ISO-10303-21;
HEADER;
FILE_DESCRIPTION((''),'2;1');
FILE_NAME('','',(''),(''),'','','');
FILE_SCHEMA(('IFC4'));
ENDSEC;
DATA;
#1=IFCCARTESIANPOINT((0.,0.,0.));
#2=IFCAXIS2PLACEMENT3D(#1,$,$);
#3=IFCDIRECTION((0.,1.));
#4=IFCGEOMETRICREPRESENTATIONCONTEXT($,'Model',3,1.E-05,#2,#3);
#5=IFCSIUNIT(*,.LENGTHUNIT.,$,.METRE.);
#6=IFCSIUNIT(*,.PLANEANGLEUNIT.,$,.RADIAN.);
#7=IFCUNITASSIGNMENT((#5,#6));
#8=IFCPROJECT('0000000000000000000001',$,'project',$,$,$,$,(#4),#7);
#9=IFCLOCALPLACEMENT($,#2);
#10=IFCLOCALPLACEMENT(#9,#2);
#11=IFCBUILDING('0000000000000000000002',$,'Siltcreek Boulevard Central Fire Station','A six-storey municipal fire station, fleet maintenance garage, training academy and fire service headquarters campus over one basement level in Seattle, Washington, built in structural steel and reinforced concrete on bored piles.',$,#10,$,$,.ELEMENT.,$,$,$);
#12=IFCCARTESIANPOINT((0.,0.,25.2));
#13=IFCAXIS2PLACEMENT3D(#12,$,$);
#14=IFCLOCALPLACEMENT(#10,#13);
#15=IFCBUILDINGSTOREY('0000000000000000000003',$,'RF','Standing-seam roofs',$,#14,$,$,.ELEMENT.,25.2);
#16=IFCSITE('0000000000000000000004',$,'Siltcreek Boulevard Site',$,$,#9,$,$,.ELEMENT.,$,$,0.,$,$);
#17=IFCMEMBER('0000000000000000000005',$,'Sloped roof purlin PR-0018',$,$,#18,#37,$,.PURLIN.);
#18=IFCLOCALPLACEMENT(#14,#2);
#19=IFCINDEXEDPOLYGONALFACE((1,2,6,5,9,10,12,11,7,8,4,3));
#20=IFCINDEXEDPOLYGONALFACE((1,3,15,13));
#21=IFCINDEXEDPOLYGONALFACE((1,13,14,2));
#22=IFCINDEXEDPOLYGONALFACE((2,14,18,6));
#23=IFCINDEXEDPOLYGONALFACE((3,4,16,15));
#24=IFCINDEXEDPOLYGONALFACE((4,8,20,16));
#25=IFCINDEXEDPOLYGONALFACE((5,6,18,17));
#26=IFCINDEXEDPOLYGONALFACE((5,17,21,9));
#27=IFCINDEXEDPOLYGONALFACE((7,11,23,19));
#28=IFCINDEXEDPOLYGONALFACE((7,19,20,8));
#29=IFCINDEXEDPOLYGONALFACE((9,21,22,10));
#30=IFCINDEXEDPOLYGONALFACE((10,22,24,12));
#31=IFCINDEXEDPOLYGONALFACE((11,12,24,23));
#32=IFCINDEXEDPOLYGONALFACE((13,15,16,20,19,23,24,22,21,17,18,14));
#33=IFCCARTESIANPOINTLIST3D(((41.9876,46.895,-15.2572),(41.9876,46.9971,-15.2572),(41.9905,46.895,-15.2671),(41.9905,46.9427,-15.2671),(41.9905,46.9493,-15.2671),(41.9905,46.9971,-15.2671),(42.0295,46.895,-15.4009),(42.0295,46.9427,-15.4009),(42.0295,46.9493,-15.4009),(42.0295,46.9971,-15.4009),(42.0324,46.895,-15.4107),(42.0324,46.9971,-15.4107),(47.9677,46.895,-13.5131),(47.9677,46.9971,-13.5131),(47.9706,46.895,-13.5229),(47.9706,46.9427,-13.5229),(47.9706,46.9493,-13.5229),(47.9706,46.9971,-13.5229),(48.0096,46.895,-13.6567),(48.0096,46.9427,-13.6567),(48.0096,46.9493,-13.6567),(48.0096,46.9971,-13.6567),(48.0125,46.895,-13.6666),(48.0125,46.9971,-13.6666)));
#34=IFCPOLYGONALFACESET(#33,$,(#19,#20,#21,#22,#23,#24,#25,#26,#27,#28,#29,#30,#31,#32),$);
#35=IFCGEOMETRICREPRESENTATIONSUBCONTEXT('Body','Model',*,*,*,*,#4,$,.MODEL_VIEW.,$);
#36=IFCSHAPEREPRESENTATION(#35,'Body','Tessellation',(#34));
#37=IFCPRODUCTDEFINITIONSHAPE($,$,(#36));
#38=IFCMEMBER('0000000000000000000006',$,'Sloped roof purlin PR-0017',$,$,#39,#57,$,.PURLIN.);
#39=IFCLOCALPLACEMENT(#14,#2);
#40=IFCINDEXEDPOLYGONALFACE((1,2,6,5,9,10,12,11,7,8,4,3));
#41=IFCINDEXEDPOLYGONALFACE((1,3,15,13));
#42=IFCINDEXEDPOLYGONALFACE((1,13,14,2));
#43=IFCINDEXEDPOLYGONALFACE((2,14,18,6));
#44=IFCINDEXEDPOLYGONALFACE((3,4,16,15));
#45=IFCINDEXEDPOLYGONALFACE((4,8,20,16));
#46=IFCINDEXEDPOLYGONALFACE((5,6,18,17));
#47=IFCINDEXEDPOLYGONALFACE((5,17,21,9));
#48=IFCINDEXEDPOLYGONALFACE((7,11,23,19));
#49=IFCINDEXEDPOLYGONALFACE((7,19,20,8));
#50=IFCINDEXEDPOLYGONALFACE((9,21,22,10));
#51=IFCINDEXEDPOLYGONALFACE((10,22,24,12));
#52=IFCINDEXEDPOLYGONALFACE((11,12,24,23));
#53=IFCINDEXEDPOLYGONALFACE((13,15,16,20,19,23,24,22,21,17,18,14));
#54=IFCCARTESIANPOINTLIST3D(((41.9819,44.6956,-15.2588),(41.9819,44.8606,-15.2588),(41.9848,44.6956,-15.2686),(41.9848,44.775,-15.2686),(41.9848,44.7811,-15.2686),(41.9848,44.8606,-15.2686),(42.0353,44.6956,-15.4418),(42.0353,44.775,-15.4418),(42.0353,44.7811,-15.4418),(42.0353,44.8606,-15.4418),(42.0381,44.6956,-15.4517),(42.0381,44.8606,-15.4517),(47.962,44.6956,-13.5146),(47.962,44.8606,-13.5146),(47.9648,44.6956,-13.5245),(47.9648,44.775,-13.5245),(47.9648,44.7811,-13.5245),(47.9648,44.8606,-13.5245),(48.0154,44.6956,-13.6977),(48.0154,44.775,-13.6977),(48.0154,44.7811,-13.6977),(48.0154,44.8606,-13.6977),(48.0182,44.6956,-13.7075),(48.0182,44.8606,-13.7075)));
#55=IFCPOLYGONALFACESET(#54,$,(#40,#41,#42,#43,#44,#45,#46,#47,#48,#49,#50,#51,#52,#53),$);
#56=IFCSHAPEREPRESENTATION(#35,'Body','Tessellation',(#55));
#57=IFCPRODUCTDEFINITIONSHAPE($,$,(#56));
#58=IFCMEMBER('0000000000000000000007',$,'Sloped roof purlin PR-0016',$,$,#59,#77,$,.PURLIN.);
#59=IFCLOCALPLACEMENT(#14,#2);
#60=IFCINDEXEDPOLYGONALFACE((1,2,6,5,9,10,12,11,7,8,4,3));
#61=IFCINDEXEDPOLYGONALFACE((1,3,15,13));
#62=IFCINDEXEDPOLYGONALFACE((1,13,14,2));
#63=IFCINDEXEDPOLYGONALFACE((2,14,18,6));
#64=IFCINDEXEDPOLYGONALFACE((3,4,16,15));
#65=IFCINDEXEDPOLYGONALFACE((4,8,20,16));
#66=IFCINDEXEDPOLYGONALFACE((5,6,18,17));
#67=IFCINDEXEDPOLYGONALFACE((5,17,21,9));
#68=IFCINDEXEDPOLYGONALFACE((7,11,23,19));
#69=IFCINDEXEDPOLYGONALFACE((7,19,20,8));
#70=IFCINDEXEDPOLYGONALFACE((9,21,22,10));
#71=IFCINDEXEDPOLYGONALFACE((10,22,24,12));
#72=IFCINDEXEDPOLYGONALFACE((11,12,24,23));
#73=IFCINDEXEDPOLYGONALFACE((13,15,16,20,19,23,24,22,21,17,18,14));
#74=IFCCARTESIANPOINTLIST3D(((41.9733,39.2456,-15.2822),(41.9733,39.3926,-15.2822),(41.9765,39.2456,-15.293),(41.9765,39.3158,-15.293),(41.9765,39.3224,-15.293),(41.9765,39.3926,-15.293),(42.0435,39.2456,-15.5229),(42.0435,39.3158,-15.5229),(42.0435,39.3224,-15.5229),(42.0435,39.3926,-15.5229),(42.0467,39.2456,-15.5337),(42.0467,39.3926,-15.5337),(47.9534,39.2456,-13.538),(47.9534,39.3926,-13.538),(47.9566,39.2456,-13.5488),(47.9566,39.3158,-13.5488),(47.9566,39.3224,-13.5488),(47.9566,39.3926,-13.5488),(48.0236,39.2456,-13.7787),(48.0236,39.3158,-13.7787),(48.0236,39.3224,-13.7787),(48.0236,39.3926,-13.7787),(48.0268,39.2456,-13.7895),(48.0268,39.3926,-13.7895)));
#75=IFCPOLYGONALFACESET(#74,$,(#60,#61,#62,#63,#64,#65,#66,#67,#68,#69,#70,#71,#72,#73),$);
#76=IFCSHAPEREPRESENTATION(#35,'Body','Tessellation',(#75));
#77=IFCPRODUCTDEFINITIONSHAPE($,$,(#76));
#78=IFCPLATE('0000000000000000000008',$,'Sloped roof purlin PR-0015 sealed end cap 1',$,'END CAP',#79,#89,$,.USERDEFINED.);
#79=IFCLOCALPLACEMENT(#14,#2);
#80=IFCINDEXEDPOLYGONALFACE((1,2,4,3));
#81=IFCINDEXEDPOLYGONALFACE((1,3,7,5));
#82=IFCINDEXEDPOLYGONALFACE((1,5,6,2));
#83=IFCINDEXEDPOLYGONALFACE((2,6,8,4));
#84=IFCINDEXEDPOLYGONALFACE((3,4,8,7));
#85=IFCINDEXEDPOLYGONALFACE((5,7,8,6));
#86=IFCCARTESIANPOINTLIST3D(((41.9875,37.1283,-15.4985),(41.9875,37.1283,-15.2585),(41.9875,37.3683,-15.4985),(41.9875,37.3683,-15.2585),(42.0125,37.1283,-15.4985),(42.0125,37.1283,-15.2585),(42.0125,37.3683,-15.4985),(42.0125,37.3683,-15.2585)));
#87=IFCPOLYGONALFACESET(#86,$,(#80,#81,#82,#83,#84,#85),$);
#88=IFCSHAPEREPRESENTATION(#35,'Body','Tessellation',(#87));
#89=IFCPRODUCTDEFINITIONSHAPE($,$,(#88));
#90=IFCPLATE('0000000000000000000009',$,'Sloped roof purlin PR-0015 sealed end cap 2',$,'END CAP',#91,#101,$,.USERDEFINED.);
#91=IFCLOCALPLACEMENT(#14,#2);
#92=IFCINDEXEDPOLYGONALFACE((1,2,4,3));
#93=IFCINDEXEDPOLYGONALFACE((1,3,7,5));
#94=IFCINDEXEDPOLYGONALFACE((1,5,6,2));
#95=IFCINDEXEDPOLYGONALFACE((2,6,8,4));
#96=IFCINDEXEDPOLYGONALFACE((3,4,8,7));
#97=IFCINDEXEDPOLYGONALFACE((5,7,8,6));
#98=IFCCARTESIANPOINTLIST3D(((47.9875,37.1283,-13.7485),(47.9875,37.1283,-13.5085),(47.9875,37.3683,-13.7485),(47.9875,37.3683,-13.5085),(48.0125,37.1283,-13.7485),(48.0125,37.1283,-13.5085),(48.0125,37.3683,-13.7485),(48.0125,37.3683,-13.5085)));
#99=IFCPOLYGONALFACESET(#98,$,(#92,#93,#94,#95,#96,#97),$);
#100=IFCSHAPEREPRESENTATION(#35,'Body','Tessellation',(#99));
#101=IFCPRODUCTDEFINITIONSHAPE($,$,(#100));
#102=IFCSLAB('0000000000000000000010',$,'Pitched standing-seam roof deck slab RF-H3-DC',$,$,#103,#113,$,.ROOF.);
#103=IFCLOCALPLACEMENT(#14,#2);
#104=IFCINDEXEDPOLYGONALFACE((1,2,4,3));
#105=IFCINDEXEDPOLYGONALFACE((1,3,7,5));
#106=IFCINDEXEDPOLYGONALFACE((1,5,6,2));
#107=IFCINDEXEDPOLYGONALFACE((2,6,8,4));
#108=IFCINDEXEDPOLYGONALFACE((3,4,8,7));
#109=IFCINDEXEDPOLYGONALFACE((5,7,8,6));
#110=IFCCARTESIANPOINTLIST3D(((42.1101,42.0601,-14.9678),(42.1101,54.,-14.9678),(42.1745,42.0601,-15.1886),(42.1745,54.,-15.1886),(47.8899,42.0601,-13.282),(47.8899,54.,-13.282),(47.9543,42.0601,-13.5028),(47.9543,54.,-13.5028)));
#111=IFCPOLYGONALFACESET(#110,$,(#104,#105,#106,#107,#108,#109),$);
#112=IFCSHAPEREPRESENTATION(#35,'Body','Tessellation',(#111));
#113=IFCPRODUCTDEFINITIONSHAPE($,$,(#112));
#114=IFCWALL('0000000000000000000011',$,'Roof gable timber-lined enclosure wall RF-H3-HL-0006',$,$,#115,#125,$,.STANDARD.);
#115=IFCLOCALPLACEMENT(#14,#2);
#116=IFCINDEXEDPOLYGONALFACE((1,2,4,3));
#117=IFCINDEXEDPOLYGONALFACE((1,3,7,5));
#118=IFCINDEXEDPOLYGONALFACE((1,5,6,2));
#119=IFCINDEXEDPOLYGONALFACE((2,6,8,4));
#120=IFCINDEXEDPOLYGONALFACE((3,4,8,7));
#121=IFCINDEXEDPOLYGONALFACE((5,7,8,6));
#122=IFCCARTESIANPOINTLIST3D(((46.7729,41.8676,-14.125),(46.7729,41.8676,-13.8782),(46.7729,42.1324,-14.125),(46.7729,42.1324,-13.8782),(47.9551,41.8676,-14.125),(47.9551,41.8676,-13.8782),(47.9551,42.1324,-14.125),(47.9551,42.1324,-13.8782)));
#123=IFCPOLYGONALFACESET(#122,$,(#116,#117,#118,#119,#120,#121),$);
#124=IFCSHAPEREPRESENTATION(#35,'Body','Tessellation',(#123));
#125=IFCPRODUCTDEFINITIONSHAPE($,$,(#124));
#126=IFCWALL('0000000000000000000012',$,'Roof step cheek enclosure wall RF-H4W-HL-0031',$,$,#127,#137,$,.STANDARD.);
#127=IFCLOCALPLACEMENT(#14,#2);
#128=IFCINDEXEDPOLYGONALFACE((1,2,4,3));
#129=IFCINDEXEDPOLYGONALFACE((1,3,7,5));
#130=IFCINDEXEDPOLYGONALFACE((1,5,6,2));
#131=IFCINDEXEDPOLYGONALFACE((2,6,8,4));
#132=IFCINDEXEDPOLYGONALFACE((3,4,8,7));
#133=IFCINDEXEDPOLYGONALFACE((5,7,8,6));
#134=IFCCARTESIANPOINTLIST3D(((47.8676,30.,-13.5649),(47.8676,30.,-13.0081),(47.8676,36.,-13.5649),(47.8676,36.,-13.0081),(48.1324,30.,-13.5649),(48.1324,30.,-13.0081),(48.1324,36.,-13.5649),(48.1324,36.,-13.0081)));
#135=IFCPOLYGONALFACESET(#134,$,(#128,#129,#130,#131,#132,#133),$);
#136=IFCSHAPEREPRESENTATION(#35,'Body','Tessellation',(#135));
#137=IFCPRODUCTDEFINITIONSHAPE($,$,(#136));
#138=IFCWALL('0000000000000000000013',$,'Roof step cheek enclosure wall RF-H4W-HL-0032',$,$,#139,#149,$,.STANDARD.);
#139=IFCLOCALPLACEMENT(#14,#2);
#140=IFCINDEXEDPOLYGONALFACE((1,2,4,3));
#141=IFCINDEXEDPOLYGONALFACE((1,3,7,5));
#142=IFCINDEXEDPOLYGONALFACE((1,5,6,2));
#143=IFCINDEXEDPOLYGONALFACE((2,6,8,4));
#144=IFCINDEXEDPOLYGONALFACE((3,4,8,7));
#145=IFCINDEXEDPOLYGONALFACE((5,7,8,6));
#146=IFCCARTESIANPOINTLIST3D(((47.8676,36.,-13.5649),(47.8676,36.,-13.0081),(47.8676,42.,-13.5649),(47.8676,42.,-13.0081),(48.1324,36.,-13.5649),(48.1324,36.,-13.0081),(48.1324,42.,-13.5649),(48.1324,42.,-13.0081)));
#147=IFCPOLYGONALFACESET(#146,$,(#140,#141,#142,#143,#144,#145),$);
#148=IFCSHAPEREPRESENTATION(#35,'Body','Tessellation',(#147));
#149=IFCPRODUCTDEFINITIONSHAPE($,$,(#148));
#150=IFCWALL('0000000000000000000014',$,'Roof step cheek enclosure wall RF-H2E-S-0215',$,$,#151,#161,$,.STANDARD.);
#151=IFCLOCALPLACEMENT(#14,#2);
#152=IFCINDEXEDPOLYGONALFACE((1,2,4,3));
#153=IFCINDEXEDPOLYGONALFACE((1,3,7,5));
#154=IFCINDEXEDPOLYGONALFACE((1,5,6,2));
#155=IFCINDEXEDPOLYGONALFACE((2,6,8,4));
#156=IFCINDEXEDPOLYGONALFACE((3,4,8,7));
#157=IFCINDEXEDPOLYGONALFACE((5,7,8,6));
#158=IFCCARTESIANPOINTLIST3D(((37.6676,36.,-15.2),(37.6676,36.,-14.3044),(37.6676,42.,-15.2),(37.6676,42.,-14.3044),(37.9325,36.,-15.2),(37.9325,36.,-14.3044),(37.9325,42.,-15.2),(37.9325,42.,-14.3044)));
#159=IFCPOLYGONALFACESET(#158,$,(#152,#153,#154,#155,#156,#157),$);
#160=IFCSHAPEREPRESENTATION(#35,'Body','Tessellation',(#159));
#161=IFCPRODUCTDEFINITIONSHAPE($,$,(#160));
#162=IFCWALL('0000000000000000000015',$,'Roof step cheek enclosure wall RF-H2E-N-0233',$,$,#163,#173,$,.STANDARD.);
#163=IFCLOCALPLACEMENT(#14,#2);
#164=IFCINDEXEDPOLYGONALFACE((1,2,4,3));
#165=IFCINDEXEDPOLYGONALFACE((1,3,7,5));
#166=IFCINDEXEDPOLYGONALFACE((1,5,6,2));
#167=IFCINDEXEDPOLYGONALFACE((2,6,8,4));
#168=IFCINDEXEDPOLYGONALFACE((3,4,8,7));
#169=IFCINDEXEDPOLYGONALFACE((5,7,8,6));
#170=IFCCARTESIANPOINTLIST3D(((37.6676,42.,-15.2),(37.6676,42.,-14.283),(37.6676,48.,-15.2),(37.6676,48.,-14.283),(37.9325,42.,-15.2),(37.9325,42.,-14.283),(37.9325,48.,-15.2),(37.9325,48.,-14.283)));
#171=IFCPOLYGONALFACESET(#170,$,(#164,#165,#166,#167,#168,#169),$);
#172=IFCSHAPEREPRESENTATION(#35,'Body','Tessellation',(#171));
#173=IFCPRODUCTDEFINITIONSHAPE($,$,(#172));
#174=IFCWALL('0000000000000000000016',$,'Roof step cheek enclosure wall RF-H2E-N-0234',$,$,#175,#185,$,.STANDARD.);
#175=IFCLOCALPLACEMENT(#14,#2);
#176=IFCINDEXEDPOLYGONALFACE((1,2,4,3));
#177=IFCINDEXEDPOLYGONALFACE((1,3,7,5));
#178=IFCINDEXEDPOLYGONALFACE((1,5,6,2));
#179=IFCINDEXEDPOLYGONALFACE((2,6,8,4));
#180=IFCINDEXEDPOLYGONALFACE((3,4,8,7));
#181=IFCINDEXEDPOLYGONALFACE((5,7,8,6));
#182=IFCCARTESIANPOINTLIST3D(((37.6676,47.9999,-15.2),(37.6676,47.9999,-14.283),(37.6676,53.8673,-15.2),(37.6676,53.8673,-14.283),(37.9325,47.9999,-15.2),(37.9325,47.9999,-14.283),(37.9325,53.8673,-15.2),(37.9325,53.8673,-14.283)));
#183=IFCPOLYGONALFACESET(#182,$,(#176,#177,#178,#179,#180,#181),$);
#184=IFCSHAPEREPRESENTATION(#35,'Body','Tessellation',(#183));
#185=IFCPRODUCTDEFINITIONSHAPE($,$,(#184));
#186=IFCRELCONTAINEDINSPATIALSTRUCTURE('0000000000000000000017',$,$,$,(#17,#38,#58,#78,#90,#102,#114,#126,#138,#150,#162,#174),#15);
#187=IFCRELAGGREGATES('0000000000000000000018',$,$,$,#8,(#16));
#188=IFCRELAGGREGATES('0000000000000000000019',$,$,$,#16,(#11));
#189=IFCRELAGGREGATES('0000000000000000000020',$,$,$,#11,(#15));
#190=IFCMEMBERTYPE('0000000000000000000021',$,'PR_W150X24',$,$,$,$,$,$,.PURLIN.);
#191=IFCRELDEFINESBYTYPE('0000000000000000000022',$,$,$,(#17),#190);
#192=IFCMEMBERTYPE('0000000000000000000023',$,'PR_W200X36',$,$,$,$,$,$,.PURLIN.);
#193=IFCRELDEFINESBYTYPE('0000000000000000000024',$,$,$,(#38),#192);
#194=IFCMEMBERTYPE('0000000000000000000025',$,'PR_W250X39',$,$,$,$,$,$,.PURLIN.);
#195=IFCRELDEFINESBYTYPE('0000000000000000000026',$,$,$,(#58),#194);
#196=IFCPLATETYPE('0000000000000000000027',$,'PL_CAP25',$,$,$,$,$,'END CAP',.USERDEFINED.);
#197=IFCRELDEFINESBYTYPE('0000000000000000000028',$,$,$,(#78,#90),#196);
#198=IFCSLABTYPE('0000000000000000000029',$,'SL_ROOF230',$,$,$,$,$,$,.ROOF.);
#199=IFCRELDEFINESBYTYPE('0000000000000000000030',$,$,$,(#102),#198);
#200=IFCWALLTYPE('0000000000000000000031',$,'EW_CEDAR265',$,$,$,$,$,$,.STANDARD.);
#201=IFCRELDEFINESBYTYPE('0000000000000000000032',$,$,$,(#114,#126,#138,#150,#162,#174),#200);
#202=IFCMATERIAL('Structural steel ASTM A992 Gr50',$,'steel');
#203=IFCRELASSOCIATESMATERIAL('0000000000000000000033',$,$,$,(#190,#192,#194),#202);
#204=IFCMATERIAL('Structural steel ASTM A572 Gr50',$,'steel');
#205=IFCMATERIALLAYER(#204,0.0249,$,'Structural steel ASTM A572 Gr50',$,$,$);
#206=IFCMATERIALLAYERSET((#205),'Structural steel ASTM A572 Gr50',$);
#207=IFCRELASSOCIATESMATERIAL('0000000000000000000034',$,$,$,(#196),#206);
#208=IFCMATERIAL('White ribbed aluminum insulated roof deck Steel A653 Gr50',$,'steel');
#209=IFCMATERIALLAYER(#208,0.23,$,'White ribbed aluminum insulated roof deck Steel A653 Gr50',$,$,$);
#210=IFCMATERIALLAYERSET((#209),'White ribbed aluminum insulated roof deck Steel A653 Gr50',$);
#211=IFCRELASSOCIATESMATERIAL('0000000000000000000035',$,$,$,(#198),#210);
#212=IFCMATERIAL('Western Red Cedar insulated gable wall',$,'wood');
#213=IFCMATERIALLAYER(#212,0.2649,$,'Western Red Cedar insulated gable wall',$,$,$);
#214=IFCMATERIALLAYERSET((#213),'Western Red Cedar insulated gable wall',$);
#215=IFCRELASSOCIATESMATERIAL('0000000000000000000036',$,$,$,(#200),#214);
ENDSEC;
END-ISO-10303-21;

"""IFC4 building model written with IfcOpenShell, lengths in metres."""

from ifc_helpers import new_model, si_unit, direction, frame, frame_2d, origin, origin_2d, place, context, subcontext, project, spatial, polyline, rectangle, i_section, outline, extrude, material, layer, layer_set, material_profile, profile_set, type_object, element, save


model = new_model("IFC4")

# Units and contexts
model_context = context("Model", 3, precision=1e-05, world=origin(), true_north=direction((0.0, 1.0)))
body_context = subcontext(model_context, "Body", "Model", "MODEL_VIEW")
ifc_project = project(units=[si_unit("LENGTHUNIT", "METRE"), si_unit("PLANEANGLEUNIT", "RADIAN")], contexts=[model_context])

# Site, building, storey
site_placement = place(None, origin())
site = spatial("IfcSite", under=ifc_project, at=site_placement, Name="Siltcreek Boulevard Site", CompositionType="ELEMENT", RefElevation=0.0)
building_placement = place(site_placement, origin())
building = spatial("IfcBuilding", under=site, at=building_placement, Name="Siltcreek Boulevard Central Fire Station", Description="A six-storey municipal fire station, fleet maintenance garage, training academy and fire service headquarters campus over one basement level in Seattle, Washington, built in structural steel and reinforced concrete on bored piles.", CompositionType="ELEMENT")
storey_placement = place(building_placement, frame((0.0, 0.0, 25.2)))
storey = spatial("IfcBuildingStorey", under=building, at=storey_placement, Name="RF", Description="Standing-seam roofs", CompositionType="ELEMENT", Elevation=25.2)

# Shared definitions
ifc_material_1 = material(Name="Structural steel ASTM A992 Gr50", Category="steel")

# Members
ifc_material_profile_1 = material_profile(ifc_material_1, i_section(OverallWidth=0.1021, OverallDepth=0.1599, WebThickness=0.0066, FlangeThickness=0.0103, at=origin_2d()), Name="W150X24")
ifc_profile_set_1 = profile_set([ifc_material_profile_1], Name="Structural steel ASTM A992 Gr50")
member_type_1 = type_object("IfcMemberType", Name="PR_W150X24", PredefinedType="PURLIN", material=ifc_profile_set_1)
member_1_placement = place(storey_placement, frame((42.01, 46.946, -15.334), z_axis=(0.960001, 0.0, 0.279997), x_axis=(0.0, 1.0, 0.0)))
element("IfcMember", 1, at=member_1_placement, inside=storey, type_object=member_type_1, Name="Sloped roof purlin PR-0018", PredefinedType="PURLIN", context=body_context, shape_type="SweptSolid", body=[
    extrude(i_section(OverallWidth=0.1021, OverallDepth=0.1599, WebThickness=0.0066, FlangeThickness=0.0103, at=origin_2d()), origin(), (0.0, 0.0, 1.0), 6.2292),
])
ifc_material_profile_2 = material_profile(ifc_material_1, i_section(OverallWidth=0.165, OverallDepth=0.2009, WebThickness=0.0061, FlangeThickness=0.0103, at=origin_2d()), Name="W200X36")
ifc_profile_set_2 = profile_set([ifc_material_profile_2], Name="Structural steel ASTM A992 Gr50")
member_type_2 = type_object("IfcMemberType", Name="PR_W200X36", PredefinedType="PURLIN", material=ifc_profile_set_2)
member_2_placement = place(storey_placement, frame((42.01, 44.7781, -15.3552), z_axis=(0.960001, 0.0, 0.279997), x_axis=(0.0, 1.0, 0.0)))
element("IfcMember", 2, at=member_2_placement, inside=storey, type_object=member_type_2, Name="Sloped roof purlin PR-0017", PredefinedType="PURLIN", context=body_context, shape_type="SweptSolid", body=[
    extrude(i_section(OverallWidth=0.165, OverallDepth=0.2009, WebThickness=0.0061, FlangeThickness=0.0103, at=origin_2d()), origin(), (0.0, 0.0, 1.0), 6.2292),
])
ifc_material_profile_3 = material_profile(ifc_material_1, i_section(OverallWidth=0.147, OverallDepth=0.262, WebThickness=0.0066, FlangeThickness=0.0112, at=origin_2d()), Name="W250X39")
ifc_profile_set_3 = profile_set([ifc_material_profile_3], Name="Structural steel ASTM A992 Gr50")
member_type_3 = type_object("IfcMemberType", Name="PR_W250X39", PredefinedType="PURLIN", material=ifc_profile_set_3)
member_3_placement = place(storey_placement, frame((42.01, 39.3191, -15.408), z_axis=(0.960001, 0.0, 0.279997), x_axis=(0.0, 1.0, 0.0)))
element("IfcMember", 3, at=member_3_placement, inside=storey, type_object=member_type_3, Name="Sloped roof purlin PR-0016", PredefinedType="PURLIN", context=body_context, shape_type="SweptSolid", body=[
    extrude(i_section(OverallWidth=0.147, OverallDepth=0.262, WebThickness=0.0066, FlangeThickness=0.0112, at=origin_2d()), origin(), (0.0, 0.0, 1.0), 6.2292),
])

# Plates
ifc_material_2 = material(Name="Structural steel ASTM A572 Gr50", Category="steel")
ifc_layer_1 = layer(ifc_material_2, 0.0249, Name="Structural steel ASTM A572 Gr50")
ifc_layer_set_1 = layer_set([ifc_layer_1], Name="Structural steel ASTM A572 Gr50")
plate_type = type_object("IfcPlateType", Name="PL_CAP25", ElementType="END CAP", PredefinedType="USERDEFINED", material=ifc_layer_set_1)
for number, where, z_axis, x_axis, name in (
    (4, (42.0, 37.2483, -15.4985), (0.0, 0.0, 1.0), (1.0, 0.0, 0.0), "Sloped roof purlin PR-0015 sealed end cap 1"),
    (5, (48.0, 37.2483, -13.7485), (0.0, 0.0, 1.0), (1.0, 0.0, 0.0), "Sloped roof purlin PR-0015 sealed end cap 2"),
):
    element("IfcPlate", number, at=place(storey_placement, frame(where, z_axis=z_axis, x_axis=x_axis)), inside=storey, type_object=plate_type, Name=name, ObjectType="END CAP", PredefinedType="USERDEFINED", context=body_context, shape_type="SweptSolid", body=[
        extrude(rectangle(XDim=0.0249, YDim=0.24, at=origin_2d()), origin(), (0.0, 0.0, 1.0), 0.24),
    ])

# Slab
ifc_material_3 = material(Name="White ribbed aluminum insulated roof deck Steel A653 Gr50", Category="steel")
ifc_layer_2 = layer(ifc_material_3, 0.23, Name="White ribbed aluminum insulated roof deck Steel A653 Gr50")
ifc_layer_set_2 = layer_set([ifc_layer_2], Name="White ribbed aluminum insulated roof deck Steel A653 Gr50")
slab_type = type_object("IfcSlabType", Name="SL_ROOF230", PredefinedType="ROOF", material=ifc_layer_set_2)
slab_placement = place(storey_placement, frame((42.1101, 42.0601, -14.9678), z_axis=(-0.280003, 0.0, 0.959999), x_axis=(0.959999, 0.0, 0.280003)))
element("IfcSlab", 6, at=slab_placement, inside=storey, type_object=slab_type, Name="Pitched standing-seam roof deck slab RF-H3-DC", PredefinedType="ROOF", context=body_context, shape_type="SweptSolid", body=[
    extrude(outline(polyline([(0.0, 0.0), (6.0206, 0.0), (6.0206, 11.9399), (0.0, 11.9399), (0.0, 0.0)])), origin(), (0.0, 0.0, -1.0), 0.23),
])

# Walls
ifc_material_4 = material(Name="Western Red Cedar insulated gable wall", Category="wood")
ifc_layer_3 = layer(ifc_material_4, 0.2649, Name="Western Red Cedar insulated gable wall")
ifc_layer_set_3 = layer_set([ifc_layer_3], Name="Western Red Cedar insulated gable wall")
wall_type = type_object("IfcWallType", Name="EW_CEDAR265", PredefinedType="STANDARD", material=ifc_layer_set_3)
wall_1_placement = place(storey_placement, frame((47.9551, 42.0, -14.125), z_axis=(0.0, 0.0, 1.0), x_axis=(-1.0, 0.0, 0.0)))
element("IfcWall", 7, at=wall_1_placement, inside=storey, type_object=wall_type, Name="Roof gable timber-lined enclosure wall RF-H3-HL-0006", PredefinedType="STANDARD", context=body_context, shape_type="SweptSolid", body=[
    extrude(rectangle(XDim=1.1821, YDim=0.2649, at=frame_2d((0.5911, 0.0))), origin(), (0.0, 0.0, 1.0), 0.2468),
])
for number, where, z_axis, x_axis, name in (
    (8, (48.0, 36.0, -13.5649), (0.0, 0.0, 1.0), (0.0, -1.0, 0.0), "Roof step cheek enclosure wall RF-H4W-HL-0031"),
    (9, (48.0, 42.0, -13.5649), (0.0, 0.0, 1.0), (0.0, -1.0, 0.0), "Roof step cheek enclosure wall RF-H4W-HL-0032"),
):
    element("IfcWall", number, at=place(storey_placement, frame(where, z_axis=z_axis, x_axis=x_axis)), inside=storey, type_object=wall_type, Name=name, PredefinedType="STANDARD", context=body_context, shape_type="SweptSolid", body=[
        extrude(rectangle(XDim=6.0, YDim=0.2649, at=frame_2d((3.0, 0.0))), origin(), (0.0, 0.0, 1.0), 0.5569),
    ])
wall_2_placement = place(storey_placement, frame((37.8, 36.0, -15.2), z_axis=(0.0, 0.0, 1.0), x_axis=(0.0, 1.0, 0.0)))
element("IfcWall", 10, at=wall_2_placement, inside=storey, type_object=wall_type, Name="Roof step cheek enclosure wall RF-H2E-S-0215", PredefinedType="STANDARD", context=body_context, shape_type="SweptSolid", body=[
    extrude(rectangle(XDim=6.0, YDim=0.2649, at=frame_2d((3.0, 0.0))), origin(), (0.0, 0.0, 1.0), 0.8955),
])
wall_3_placement = place(storey_placement, frame((37.8, 42.0, -15.2), z_axis=(0.0, 0.0, 1.0), x_axis=(0.0, 1.0, 0.0)))
element("IfcWall", 11, at=wall_3_placement, inside=storey, type_object=wall_type, Name="Roof step cheek enclosure wall RF-H2E-N-0233", PredefinedType="STANDARD", context=body_context, shape_type="SweptSolid", body=[
    extrude(rectangle(XDim=6.0, YDim=0.2649, at=frame_2d((3.0, 0.0))), origin(), (0.0, 0.0, 1.0), 0.917),
])
wall_4_placement = place(storey_placement, frame((37.8, 48.0, -15.2), z_axis=(0.0, 0.0, 1.0), x_axis=(0.0, 1.0, 0.0)))
element("IfcWall", 12, at=wall_4_placement, inside=storey, type_object=wall_type, Name="Roof step cheek enclosure wall RF-H2E-N-0234", PredefinedType="STANDARD", context=body_context, shape_type="SweptSolid", body=[
    extrude(rectangle(XDim=5.8674, YDim=0.2649, at=frame_2d((2.9336, 0.0))), origin(), (0.0, 0.0, 1.0), 0.917),
])

save(model, "model.ifc")
